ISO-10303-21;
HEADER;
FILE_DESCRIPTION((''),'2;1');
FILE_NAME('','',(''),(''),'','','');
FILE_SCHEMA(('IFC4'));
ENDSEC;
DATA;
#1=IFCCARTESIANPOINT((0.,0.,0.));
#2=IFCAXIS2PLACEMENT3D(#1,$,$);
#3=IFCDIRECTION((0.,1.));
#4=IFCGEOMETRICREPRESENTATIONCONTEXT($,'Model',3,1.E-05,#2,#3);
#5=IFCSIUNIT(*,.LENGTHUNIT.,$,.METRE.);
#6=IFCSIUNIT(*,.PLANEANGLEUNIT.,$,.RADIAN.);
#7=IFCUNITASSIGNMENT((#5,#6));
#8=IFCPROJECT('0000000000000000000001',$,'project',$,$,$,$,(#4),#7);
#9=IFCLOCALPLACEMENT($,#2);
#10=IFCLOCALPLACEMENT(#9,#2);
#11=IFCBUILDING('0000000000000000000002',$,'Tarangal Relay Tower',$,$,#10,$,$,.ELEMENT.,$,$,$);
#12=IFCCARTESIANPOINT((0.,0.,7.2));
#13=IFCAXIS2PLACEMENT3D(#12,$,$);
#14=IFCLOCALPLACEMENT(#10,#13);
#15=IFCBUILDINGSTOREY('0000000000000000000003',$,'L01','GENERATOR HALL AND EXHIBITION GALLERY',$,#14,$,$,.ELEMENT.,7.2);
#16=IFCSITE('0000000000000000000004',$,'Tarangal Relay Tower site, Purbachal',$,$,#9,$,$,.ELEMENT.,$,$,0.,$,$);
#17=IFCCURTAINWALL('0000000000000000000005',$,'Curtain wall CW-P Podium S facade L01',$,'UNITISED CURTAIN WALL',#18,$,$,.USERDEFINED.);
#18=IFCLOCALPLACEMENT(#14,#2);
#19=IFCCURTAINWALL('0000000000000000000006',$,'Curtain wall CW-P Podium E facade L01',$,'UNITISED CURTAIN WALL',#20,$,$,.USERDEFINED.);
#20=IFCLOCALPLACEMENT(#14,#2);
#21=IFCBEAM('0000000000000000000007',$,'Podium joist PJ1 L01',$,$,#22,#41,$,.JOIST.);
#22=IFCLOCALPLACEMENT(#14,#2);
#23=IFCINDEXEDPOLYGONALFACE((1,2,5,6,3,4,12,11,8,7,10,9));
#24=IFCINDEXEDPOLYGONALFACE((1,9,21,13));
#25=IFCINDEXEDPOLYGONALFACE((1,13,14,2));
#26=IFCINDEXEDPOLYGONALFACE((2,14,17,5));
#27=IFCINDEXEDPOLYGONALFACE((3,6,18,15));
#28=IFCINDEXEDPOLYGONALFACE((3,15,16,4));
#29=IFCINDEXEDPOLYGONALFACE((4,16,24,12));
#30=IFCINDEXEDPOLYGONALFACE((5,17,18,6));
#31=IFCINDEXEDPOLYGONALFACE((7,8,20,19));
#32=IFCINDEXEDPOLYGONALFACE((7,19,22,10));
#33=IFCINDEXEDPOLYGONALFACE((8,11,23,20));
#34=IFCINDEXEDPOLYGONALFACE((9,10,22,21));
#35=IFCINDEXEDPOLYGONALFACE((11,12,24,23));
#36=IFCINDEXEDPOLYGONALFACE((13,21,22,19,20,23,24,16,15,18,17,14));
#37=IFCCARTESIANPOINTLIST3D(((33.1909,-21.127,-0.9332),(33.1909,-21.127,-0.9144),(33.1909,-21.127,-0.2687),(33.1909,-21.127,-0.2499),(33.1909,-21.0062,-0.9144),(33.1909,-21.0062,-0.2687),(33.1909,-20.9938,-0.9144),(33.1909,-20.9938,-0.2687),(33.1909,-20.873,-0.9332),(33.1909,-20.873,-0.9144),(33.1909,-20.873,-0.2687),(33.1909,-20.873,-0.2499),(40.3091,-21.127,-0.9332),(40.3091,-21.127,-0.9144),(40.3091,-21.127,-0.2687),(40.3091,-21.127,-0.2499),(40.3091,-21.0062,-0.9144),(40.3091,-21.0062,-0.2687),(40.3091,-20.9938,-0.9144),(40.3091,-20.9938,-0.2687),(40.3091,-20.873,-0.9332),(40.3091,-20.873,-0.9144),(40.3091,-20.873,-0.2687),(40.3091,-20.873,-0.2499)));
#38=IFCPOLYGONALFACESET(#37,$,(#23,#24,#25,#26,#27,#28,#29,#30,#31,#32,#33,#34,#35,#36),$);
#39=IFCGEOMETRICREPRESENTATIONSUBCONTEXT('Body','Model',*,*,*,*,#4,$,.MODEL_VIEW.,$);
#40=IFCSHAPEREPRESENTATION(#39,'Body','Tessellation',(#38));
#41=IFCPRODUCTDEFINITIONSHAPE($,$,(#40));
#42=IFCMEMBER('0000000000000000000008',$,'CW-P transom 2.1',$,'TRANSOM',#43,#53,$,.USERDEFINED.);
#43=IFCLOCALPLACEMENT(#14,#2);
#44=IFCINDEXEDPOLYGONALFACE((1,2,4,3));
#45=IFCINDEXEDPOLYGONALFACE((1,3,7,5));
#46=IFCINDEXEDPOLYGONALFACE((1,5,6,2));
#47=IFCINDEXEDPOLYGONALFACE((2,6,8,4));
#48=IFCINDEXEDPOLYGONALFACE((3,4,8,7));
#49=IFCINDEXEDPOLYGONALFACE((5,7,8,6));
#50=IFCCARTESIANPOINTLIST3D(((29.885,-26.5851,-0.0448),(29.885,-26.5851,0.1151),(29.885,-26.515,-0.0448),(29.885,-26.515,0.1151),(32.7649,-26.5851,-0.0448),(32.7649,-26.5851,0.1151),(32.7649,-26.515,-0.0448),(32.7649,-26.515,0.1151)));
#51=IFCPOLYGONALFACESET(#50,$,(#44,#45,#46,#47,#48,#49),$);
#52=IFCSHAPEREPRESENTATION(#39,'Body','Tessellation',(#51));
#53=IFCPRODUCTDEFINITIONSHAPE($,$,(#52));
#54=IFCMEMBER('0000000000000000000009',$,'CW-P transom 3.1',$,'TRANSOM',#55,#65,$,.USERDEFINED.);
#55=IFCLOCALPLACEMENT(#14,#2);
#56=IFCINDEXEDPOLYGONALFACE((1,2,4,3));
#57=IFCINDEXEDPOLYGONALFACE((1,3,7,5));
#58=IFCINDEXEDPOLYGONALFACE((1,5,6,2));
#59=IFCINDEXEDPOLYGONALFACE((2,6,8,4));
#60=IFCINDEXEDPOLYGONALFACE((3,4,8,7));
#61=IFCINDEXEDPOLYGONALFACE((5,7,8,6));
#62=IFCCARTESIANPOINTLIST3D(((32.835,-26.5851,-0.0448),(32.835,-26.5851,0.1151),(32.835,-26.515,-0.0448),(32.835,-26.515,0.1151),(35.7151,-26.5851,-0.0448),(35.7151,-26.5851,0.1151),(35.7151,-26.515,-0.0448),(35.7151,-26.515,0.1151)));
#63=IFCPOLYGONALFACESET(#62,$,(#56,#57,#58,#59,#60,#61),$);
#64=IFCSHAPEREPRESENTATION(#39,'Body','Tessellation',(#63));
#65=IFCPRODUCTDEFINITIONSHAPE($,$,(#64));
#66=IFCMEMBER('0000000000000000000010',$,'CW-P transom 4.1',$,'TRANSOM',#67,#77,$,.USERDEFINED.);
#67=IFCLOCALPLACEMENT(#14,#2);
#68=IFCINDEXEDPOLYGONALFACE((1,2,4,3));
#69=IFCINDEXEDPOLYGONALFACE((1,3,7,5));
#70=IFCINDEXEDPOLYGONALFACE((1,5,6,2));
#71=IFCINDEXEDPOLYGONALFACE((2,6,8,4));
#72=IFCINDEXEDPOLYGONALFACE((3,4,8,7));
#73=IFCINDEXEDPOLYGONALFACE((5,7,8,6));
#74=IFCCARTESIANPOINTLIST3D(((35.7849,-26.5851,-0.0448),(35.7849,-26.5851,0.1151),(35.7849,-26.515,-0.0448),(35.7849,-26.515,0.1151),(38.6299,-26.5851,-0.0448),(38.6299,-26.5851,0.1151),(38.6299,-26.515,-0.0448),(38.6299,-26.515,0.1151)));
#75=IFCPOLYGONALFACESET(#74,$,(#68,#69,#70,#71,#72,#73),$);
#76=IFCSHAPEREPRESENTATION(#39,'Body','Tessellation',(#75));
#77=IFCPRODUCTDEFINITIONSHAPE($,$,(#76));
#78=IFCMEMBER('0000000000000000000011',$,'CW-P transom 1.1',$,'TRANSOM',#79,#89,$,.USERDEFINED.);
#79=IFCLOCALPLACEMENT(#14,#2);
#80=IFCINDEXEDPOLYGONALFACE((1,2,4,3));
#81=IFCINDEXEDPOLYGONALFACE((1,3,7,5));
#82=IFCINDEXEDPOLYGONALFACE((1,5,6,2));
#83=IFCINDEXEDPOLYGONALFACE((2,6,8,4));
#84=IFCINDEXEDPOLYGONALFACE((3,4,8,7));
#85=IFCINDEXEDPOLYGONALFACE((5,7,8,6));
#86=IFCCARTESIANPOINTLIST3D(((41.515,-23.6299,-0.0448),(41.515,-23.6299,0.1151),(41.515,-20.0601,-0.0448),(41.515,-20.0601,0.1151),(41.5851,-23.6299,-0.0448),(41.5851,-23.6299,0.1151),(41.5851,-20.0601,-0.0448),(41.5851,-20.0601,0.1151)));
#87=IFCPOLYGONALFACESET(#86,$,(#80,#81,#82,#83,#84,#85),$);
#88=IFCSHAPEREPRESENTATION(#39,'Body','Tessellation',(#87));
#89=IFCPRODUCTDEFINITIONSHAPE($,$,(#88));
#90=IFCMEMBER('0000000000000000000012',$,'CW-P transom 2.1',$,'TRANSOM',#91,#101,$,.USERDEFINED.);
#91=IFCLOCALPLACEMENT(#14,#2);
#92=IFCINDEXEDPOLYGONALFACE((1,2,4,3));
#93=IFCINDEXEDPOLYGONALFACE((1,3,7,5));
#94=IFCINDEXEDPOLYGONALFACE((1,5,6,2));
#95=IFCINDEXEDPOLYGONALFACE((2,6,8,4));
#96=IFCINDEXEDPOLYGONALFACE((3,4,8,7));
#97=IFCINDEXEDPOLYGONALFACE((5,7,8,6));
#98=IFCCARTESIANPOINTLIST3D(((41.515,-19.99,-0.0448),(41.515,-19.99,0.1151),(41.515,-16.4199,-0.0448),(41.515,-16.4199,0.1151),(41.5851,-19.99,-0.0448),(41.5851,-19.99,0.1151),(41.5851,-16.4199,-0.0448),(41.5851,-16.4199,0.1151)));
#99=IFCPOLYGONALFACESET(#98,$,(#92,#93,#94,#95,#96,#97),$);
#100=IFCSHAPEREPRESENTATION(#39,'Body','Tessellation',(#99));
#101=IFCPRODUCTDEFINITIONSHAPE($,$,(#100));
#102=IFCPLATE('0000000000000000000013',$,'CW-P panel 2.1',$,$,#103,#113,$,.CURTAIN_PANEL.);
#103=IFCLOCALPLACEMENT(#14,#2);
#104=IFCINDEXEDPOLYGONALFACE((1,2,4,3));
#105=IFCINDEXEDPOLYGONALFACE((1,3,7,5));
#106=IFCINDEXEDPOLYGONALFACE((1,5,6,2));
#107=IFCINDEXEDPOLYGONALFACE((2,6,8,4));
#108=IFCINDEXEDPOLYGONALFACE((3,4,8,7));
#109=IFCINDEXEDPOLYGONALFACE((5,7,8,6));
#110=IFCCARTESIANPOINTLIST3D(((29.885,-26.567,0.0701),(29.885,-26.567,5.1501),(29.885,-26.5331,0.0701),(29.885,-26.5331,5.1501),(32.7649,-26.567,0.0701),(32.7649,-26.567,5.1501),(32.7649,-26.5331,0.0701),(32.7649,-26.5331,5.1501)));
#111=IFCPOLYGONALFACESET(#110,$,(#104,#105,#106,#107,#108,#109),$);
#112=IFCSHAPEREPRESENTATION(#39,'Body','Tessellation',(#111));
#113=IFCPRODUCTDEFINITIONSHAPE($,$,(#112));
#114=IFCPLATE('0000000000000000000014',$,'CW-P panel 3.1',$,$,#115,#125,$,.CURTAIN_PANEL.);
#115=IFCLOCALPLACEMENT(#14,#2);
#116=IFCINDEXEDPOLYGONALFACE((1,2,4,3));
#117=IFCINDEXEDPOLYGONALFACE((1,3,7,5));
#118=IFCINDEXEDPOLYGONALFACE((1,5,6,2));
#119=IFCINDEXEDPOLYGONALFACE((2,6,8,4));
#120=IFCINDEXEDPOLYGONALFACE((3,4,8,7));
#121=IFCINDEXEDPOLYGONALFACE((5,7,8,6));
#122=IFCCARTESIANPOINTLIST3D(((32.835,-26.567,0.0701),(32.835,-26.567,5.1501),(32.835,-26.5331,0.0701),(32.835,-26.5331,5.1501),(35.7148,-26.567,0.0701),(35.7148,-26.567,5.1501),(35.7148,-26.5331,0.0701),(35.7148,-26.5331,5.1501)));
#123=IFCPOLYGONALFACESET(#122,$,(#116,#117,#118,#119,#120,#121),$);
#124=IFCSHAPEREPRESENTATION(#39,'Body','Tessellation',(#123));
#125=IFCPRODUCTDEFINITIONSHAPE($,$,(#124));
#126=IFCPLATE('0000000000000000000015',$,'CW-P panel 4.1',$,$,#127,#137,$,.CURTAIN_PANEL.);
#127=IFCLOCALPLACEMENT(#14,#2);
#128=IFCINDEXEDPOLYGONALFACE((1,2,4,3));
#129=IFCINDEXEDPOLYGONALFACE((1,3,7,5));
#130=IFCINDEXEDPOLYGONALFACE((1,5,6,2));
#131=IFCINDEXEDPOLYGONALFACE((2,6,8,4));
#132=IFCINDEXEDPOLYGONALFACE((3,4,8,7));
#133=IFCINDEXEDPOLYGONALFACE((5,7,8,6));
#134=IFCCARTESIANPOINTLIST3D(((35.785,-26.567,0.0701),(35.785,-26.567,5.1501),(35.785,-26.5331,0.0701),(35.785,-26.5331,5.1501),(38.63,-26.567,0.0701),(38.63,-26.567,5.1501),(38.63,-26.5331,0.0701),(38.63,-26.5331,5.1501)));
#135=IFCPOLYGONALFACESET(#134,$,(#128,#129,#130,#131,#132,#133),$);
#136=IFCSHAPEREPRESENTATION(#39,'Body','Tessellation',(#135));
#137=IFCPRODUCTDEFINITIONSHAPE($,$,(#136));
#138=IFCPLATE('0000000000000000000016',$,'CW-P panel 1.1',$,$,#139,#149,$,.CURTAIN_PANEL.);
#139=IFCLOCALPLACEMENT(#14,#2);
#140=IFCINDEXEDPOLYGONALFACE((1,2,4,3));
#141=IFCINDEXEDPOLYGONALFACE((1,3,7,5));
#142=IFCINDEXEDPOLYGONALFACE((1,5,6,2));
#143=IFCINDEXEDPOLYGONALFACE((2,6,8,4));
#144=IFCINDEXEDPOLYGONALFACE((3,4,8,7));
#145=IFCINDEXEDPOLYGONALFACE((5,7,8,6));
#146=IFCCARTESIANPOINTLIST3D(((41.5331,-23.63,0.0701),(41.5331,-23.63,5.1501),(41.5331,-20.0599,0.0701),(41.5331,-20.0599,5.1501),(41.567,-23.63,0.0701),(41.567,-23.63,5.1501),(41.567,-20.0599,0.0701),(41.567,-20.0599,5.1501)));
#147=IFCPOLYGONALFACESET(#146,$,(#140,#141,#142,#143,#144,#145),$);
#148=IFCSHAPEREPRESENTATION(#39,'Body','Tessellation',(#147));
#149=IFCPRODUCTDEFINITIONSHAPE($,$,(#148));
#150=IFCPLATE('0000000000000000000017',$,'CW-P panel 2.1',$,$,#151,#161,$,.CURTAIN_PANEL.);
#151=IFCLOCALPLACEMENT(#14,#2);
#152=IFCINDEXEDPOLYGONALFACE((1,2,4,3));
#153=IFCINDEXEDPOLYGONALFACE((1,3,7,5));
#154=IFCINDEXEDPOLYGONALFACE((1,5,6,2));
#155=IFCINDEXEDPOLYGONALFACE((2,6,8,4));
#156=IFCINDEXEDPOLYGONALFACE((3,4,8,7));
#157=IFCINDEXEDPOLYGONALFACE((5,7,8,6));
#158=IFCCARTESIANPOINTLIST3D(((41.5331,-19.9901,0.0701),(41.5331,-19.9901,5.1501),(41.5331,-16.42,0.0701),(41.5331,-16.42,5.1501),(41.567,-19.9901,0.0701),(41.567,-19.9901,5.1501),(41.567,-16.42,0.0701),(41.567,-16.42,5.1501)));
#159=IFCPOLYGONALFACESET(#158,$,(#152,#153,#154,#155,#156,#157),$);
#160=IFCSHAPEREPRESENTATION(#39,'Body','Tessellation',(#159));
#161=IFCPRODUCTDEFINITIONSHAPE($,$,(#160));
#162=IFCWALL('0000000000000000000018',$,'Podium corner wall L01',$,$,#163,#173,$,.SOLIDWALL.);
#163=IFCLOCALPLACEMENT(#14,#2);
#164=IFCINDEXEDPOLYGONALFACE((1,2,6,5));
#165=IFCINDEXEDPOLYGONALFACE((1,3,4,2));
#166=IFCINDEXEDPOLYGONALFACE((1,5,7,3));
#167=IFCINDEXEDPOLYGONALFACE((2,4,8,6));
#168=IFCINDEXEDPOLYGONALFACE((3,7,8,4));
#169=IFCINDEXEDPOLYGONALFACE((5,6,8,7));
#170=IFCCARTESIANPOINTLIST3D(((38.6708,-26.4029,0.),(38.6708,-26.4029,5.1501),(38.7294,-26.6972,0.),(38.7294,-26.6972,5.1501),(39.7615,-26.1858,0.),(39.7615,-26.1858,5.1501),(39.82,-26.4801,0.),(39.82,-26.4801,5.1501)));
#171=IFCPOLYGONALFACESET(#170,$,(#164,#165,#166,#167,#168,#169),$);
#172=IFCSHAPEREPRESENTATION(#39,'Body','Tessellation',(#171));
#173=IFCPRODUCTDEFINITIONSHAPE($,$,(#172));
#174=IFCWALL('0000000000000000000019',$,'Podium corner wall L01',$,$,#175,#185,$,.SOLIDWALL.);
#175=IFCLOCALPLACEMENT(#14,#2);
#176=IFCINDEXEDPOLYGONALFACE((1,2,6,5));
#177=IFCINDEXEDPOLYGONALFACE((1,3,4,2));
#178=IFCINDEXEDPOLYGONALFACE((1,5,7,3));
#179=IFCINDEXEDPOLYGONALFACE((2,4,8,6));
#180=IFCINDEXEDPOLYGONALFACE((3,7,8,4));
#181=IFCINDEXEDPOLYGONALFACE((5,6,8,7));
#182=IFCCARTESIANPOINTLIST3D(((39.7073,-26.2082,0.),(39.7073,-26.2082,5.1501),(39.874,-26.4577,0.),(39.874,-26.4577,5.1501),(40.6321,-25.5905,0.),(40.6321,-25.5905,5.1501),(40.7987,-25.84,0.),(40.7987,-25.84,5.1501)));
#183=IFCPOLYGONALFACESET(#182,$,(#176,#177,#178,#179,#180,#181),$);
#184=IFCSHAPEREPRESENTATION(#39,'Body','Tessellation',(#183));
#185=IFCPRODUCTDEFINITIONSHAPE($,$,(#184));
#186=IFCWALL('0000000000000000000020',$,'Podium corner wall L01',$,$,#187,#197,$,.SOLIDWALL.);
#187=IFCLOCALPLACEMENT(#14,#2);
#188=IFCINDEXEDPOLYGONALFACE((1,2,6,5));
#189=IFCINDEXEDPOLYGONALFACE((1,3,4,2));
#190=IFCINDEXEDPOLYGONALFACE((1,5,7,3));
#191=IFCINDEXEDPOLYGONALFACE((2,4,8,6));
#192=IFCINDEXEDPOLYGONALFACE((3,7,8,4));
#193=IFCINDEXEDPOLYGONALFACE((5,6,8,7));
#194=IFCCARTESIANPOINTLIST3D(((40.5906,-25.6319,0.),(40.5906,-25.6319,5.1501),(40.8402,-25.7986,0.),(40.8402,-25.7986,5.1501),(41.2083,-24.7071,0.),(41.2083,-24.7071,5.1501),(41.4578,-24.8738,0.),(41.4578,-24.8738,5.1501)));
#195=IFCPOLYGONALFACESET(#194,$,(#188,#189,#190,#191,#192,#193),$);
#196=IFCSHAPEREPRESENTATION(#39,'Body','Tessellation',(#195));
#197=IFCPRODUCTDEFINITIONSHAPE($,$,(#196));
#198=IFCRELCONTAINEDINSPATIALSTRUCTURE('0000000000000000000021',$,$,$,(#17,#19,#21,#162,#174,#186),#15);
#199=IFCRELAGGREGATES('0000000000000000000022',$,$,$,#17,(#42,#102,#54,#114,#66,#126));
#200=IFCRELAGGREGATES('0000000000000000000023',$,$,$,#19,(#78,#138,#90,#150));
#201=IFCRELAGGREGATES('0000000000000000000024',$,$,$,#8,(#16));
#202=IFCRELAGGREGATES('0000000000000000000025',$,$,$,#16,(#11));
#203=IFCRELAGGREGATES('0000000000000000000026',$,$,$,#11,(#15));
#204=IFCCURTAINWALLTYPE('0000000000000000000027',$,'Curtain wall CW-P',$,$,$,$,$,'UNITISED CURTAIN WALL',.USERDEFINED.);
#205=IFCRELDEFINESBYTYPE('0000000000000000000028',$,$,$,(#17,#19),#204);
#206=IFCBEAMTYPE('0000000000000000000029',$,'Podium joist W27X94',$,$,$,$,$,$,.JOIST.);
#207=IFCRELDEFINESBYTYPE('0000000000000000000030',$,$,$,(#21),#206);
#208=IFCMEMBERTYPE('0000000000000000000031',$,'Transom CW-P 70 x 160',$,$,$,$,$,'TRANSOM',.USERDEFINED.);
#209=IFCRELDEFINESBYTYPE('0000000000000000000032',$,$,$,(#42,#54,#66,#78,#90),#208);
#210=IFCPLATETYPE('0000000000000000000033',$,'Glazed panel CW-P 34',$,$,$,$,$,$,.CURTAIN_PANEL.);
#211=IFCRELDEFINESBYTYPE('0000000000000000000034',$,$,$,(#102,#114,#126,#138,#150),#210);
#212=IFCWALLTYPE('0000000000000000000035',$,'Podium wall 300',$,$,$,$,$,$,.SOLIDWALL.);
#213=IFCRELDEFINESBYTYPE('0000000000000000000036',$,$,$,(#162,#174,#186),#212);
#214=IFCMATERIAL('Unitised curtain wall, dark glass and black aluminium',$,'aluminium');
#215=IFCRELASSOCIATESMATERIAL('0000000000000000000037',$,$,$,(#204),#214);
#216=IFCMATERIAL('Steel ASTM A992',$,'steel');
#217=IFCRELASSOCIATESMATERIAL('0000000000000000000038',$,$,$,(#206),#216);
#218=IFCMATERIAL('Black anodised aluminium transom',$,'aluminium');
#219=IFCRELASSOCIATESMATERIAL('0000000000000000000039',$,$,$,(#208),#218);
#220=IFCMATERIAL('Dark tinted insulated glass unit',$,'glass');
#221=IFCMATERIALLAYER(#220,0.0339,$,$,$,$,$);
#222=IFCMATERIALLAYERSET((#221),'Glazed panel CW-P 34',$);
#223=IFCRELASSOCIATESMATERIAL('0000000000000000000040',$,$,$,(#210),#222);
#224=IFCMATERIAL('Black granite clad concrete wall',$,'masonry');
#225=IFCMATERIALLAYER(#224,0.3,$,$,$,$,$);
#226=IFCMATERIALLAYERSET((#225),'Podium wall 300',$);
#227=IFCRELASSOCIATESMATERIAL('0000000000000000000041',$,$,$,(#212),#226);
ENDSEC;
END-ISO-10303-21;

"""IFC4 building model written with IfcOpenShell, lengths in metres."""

from ifc_helpers import new_model, si_unit, direction, frame, frame_2d, origin, origin_2d, place, context, subcontext, project, spatial, rectangle, i_section, extrude, material, layer, layer_set, material_profile, profile_set, type_object, element, aggregate, save


model = new_model("IFC4")

# Units and contexts
model_context = context("Model", 3, precision=1e-05, world=origin(), true_north=direction((0.0, 1.0)))
body_context = subcontext(model_context, "Body", "Model", "MODEL_VIEW")
ifc_project = project(units=[si_unit("LENGTHUNIT", "METRE"), si_unit("PLANEANGLEUNIT", "RADIAN")], contexts=[model_context])

# Site, building, storey
site_placement = place(None, origin())
site = spatial("IfcSite", under=ifc_project, at=site_placement, Name="Tarangal Relay Tower site, Purbachal", CompositionType="ELEMENT", RefElevation=0.0)
building_placement = place(site_placement, origin())
building = spatial("IfcBuilding", under=site, at=building_placement, Name="Tarangal Relay Tower", CompositionType="ELEMENT")
storey_placement = place(building_placement, frame((0.0, 0.0, 7.2)))
storey = spatial("IfcBuildingStorey", under=building, at=storey_placement, Name="L01", Description="GENERATOR HALL AND EXHIBITION GALLERY", CompositionType="ELEMENT", Elevation=7.2)

# Shared definitions
ifc_material_1 = material(Name="Steel ASTM A992", Category="steel")

# Curtain walls
ifc_material_2 = material(Name="Unitised curtain wall, dark glass and black aluminium", Category="aluminium")
curtain_wall_type = type_object("IfcCurtainWallType", Name="Curtain wall CW-P", ElementType="UNITISED CURTAIN WALL", PredefinedType="USERDEFINED", material=ifc_material_2)
curtain_wall_1_placement = place(storey_placement, origin())
curtain_wall_1 = element("IfcCurtainWall", 1, at=curtain_wall_1_placement, inside=storey, type_object=curtain_wall_type, Name="Curtain wall CW-P Podium S facade L01", ObjectType="UNITISED CURTAIN WALL", PredefinedType="USERDEFINED")
curtain_wall_2_placement = place(storey_placement, origin())
curtain_wall_2 = element("IfcCurtainWall", 2, at=curtain_wall_2_placement, inside=storey, type_object=curtain_wall_type, Name="Curtain wall CW-P Podium E facade L01", ObjectType="UNITISED CURTAIN WALL", PredefinedType="USERDEFINED")

# Beam
ifc_material_profile_1 = material_profile(ifc_material_1, i_section(OverallWidth=0.2539, OverallDepth=0.6833, WebThickness=0.0125, FlangeThickness=0.0188, at=origin_2d()), Name="W27X94")
ifc_profile_set_1 = profile_set([ifc_material_profile_1], Name="Steel ASTM A992")
beam_type_1 = type_object("IfcBeamType", Name="Podium joist W27X94", PredefinedType="JOIST", material=ifc_profile_set_1)
beam_1_placement = place(storey_placement, frame((33.1909, -21.0, -0.5916), z_axis=(1.0, 0.0, 0.0), x_axis=(0.0, 1.0, 0.0)))
element("IfcBeam", 3, at=beam_1_placement, inside=storey, type_object=beam_type_1, Name="Podium joist PJ1 L01", PredefinedType="JOIST", context=body_context, shape_type="SweptSolid", body=[
    extrude(i_section(OverallWidth=0.2539, OverallDepth=0.6833, WebThickness=0.0125, FlangeThickness=0.0188, at=origin_2d()), origin(), (0.0, 0.0, 1.0), 7.1182),
])

# Members
ifc_material_3 = material(Name="Black anodised aluminium transom", Category="aluminium")
ifc_material_profile_2 = material_profile(ifc_material_3, rectangle(XDim=0.0701, YDim=0.1599, at=origin_2d()), Name="CW-PT 70X160")
ifc_profile_set_2 = profile_set([ifc_material_profile_2], Name="Black anodised aluminium transom")
member_type_1 = type_object("IfcMemberType", Name="Transom CW-P 70 x 160", ElementType="TRANSOM", PredefinedType="USERDEFINED", material=ifc_profile_set_2)
member_1_placement = place(storey_placement, frame((29.885, -26.55, 0.0352), z_axis=(1.0, 0.0, 0.0), x_axis=(0.0, 1.0, 0.0)))
member_1 = element("IfcMember", 4, at=member_1_placement, type_object=member_type_1, Name="CW-P transom 2.1", ObjectType="TRANSOM", PredefinedType="USERDEFINED", context=body_context, shape_type="SweptSolid", body=[
    extrude(rectangle(XDim=0.0701, YDim=0.1599, at=origin_2d()), origin(), (0.0, 0.0, 1.0), 2.8799),
])
member_2_placement = place(storey_placement, frame((32.835, -26.55, 0.0352), z_axis=(1.0, 0.0, 0.0), x_axis=(0.0, 1.0, 0.0)))
member_2 = element("IfcMember", 5, at=member_2_placement, type_object=member_type_1, Name="CW-P transom 3.1", ObjectType="TRANSOM", PredefinedType="USERDEFINED", context=body_context, shape_type="SweptSolid", body=[
    extrude(rectangle(XDim=0.0701, YDim=0.1599, at=origin_2d()), origin(), (0.0, 0.0, 1.0), 2.8801),
])
member_3_placement = place(storey_placement, frame((35.7849, -26.55, 0.0352), z_axis=(1.0, 0.0, 0.0), x_axis=(0.0, 1.0, 0.0)))
member_3 = element("IfcMember", 6, at=member_3_placement, type_object=member_type_1, Name="CW-P transom 4.1", ObjectType="TRANSOM", PredefinedType="USERDEFINED", context=body_context, shape_type="SweptSolid", body=[
    extrude(rectangle(XDim=0.0701, YDim=0.1599, at=origin_2d()), origin(), (0.0, 0.0, 1.0), 2.845),
])
member_4_placement = place(storey_placement, frame((41.55, -23.6299, 0.0352), z_axis=(0.0, 1.0, 0.0), x_axis=(-1.0, 0.0, 0.0)))
member_4 = element("IfcMember", 7, at=member_4_placement, type_object=member_type_1, Name="CW-P transom 1.1", ObjectType="TRANSOM", PredefinedType="USERDEFINED", context=body_context, shape_type="SweptSolid", body=[
    extrude(rectangle(XDim=0.0701, YDim=0.1599, at=origin_2d()), origin(), (0.0, 0.0, 1.0), 3.5698),
])
member_5_placement = place(storey_placement, frame((41.55, -19.99, 0.0352), z_axis=(0.0, 1.0, 0.0), x_axis=(-1.0, 0.0, 0.0)))
member_5 = element("IfcMember", 8, at=member_5_placement, type_object=member_type_1, Name="CW-P transom 2.1", ObjectType="TRANSOM", PredefinedType="USERDEFINED", context=body_context, shape_type="SweptSolid", body=[
    extrude(rectangle(XDim=0.0701, YDim=0.1599, at=origin_2d()), origin(), (0.0, 0.0, 1.0), 3.5701),
])

# Plates
ifc_material_4 = material(Name="Dark tinted insulated glass unit", Category="glass")
ifc_layer_1 = layer(ifc_material_4, 0.0339)
ifc_layer_set_1 = layer_set([ifc_layer_1], Name="Glazed panel CW-P 34")
plate_type = type_object("IfcPlateType", Name="Glazed panel CW-P 34", PredefinedType="CURTAIN_PANEL", material=ifc_layer_set_1)
plate_1_placement = place(storey_placement, frame((31.325, -26.55, 0.0701), z_axis=(0.0, 0.0, 1.0), x_axis=(1.0, 0.0, 0.0)))
plate_1 = element("IfcPlate", 9, at=plate_1_placement, type_object=plate_type, Name="CW-P panel 2.1", PredefinedType="CURTAIN_PANEL", context=body_context, shape_type="SweptSolid", body=[
    extrude(rectangle(XDim=2.8799, YDim=0.0339, at=origin_2d()), origin(), (0.0, 0.0, 1.0), 5.0801),
])
plate_2_placement = place(storey_placement, frame((34.2749, -26.55, 0.0701), z_axis=(0.0, 0.0, 1.0), x_axis=(1.0, 0.0, 0.0)))
plate_2 = element("IfcPlate", 10, at=plate_2_placement, type_object=plate_type, Name="CW-P panel 3.1", PredefinedType="CURTAIN_PANEL", context=body_context, shape_type="SweptSolid", body=[
    extrude(rectangle(XDim=2.8799, YDim=0.0339, at=origin_2d()), origin(), (0.0, 0.0, 1.0), 5.0801),
])
plate_3_placement = place(storey_placement, frame((37.2075, -26.55, 0.0701), z_axis=(0.0, 0.0, 1.0), x_axis=(1.0, 0.0, 0.0)))
plate_3 = element("IfcPlate", 11, at=plate_3_placement, type_object=plate_type, Name="CW-P panel 4.1", PredefinedType="CURTAIN_PANEL", context=body_context, shape_type="SweptSolid", body=[
    extrude(rectangle(XDim=2.845, YDim=0.0339, at=origin_2d()), origin(), (0.0, 0.0, 1.0), 5.0801),
])
aggregate(curtain_wall_1, [member_1, plate_1, member_2, plate_2, member_3, plate_3])
plate_4_placement = place(storey_placement, frame((41.55, -21.845, 0.0701), z_axis=(0.0, 0.0, 1.0), x_axis=(0.0, 1.0, 0.0)))
plate_4 = element("IfcPlate", 12, at=plate_4_placement, type_object=plate_type, Name="CW-P panel 1.1", PredefinedType="CURTAIN_PANEL", context=body_context, shape_type="SweptSolid", body=[
    extrude(rectangle(XDim=3.5701, YDim=0.0339, at=origin_2d()), origin(), (0.0, 0.0, 1.0), 5.0801),
])
plate_5_placement = place(storey_placement, frame((41.55, -18.2051, 0.0701), z_axis=(0.0, 0.0, 1.0), x_axis=(0.0, 1.0, 0.0)))
plate_5 = element("IfcPlate", 13, at=plate_5_placement, type_object=plate_type, Name="CW-P panel 2.1", PredefinedType="CURTAIN_PANEL", context=body_context, shape_type="SweptSolid", body=[
    extrude(rectangle(XDim=3.5701, YDim=0.0339, at=origin_2d()), origin(), (0.0, 0.0, 1.0), 5.0801),
])
aggregate(curtain_wall_2, [member_4, plate_4, member_5, plate_5])

# Walls
ifc_material_5 = material(Name="Black granite clad concrete wall", Category="masonry")
ifc_layer_2 = layer(ifc_material_5, 0.3)
ifc_layer_set_2 = layer_set([ifc_layer_2], Name="Podium wall 300")
wall_type_1 = type_object("IfcWallType", Name="Podium wall 300", PredefinedType="SOLIDWALL", material=ifc_layer_set_2)
for number, where, z_axis, x_axis, name in (
    (14, (38.7, -26.55, 0.0), (0.0, 0.0, 1.0), (0.980766, 0.195187, 0.0), "Podium corner wall L01"),
    (15, (39.7905, -26.333, 0.0), (0.0, 0.0, 1.0), (0.831577, 0.555409, 0.0), "Podium corner wall L01"),
    (16, (40.7153, -25.7153, 0.0), (0.0, 0.0, 1.0), (0.555409, 0.831577, 0.0), "Podium corner wall L01"),
):
    element("IfcWall", number, at=place(storey_placement, frame(where, z_axis=z_axis, x_axis=x_axis)), inside=storey, type_object=wall_type_1, Name=name, PredefinedType="SOLIDWALL", context=body_context, shape_type="SweptSolid", body=[
        extrude(rectangle(XDim=1.1121, YDim=0.3, at=frame_2d((0.5562, 0.0))), origin(), (0.0, 0.0, 1.0), 5.1501),
    ])

save(model, "model.ifc")
